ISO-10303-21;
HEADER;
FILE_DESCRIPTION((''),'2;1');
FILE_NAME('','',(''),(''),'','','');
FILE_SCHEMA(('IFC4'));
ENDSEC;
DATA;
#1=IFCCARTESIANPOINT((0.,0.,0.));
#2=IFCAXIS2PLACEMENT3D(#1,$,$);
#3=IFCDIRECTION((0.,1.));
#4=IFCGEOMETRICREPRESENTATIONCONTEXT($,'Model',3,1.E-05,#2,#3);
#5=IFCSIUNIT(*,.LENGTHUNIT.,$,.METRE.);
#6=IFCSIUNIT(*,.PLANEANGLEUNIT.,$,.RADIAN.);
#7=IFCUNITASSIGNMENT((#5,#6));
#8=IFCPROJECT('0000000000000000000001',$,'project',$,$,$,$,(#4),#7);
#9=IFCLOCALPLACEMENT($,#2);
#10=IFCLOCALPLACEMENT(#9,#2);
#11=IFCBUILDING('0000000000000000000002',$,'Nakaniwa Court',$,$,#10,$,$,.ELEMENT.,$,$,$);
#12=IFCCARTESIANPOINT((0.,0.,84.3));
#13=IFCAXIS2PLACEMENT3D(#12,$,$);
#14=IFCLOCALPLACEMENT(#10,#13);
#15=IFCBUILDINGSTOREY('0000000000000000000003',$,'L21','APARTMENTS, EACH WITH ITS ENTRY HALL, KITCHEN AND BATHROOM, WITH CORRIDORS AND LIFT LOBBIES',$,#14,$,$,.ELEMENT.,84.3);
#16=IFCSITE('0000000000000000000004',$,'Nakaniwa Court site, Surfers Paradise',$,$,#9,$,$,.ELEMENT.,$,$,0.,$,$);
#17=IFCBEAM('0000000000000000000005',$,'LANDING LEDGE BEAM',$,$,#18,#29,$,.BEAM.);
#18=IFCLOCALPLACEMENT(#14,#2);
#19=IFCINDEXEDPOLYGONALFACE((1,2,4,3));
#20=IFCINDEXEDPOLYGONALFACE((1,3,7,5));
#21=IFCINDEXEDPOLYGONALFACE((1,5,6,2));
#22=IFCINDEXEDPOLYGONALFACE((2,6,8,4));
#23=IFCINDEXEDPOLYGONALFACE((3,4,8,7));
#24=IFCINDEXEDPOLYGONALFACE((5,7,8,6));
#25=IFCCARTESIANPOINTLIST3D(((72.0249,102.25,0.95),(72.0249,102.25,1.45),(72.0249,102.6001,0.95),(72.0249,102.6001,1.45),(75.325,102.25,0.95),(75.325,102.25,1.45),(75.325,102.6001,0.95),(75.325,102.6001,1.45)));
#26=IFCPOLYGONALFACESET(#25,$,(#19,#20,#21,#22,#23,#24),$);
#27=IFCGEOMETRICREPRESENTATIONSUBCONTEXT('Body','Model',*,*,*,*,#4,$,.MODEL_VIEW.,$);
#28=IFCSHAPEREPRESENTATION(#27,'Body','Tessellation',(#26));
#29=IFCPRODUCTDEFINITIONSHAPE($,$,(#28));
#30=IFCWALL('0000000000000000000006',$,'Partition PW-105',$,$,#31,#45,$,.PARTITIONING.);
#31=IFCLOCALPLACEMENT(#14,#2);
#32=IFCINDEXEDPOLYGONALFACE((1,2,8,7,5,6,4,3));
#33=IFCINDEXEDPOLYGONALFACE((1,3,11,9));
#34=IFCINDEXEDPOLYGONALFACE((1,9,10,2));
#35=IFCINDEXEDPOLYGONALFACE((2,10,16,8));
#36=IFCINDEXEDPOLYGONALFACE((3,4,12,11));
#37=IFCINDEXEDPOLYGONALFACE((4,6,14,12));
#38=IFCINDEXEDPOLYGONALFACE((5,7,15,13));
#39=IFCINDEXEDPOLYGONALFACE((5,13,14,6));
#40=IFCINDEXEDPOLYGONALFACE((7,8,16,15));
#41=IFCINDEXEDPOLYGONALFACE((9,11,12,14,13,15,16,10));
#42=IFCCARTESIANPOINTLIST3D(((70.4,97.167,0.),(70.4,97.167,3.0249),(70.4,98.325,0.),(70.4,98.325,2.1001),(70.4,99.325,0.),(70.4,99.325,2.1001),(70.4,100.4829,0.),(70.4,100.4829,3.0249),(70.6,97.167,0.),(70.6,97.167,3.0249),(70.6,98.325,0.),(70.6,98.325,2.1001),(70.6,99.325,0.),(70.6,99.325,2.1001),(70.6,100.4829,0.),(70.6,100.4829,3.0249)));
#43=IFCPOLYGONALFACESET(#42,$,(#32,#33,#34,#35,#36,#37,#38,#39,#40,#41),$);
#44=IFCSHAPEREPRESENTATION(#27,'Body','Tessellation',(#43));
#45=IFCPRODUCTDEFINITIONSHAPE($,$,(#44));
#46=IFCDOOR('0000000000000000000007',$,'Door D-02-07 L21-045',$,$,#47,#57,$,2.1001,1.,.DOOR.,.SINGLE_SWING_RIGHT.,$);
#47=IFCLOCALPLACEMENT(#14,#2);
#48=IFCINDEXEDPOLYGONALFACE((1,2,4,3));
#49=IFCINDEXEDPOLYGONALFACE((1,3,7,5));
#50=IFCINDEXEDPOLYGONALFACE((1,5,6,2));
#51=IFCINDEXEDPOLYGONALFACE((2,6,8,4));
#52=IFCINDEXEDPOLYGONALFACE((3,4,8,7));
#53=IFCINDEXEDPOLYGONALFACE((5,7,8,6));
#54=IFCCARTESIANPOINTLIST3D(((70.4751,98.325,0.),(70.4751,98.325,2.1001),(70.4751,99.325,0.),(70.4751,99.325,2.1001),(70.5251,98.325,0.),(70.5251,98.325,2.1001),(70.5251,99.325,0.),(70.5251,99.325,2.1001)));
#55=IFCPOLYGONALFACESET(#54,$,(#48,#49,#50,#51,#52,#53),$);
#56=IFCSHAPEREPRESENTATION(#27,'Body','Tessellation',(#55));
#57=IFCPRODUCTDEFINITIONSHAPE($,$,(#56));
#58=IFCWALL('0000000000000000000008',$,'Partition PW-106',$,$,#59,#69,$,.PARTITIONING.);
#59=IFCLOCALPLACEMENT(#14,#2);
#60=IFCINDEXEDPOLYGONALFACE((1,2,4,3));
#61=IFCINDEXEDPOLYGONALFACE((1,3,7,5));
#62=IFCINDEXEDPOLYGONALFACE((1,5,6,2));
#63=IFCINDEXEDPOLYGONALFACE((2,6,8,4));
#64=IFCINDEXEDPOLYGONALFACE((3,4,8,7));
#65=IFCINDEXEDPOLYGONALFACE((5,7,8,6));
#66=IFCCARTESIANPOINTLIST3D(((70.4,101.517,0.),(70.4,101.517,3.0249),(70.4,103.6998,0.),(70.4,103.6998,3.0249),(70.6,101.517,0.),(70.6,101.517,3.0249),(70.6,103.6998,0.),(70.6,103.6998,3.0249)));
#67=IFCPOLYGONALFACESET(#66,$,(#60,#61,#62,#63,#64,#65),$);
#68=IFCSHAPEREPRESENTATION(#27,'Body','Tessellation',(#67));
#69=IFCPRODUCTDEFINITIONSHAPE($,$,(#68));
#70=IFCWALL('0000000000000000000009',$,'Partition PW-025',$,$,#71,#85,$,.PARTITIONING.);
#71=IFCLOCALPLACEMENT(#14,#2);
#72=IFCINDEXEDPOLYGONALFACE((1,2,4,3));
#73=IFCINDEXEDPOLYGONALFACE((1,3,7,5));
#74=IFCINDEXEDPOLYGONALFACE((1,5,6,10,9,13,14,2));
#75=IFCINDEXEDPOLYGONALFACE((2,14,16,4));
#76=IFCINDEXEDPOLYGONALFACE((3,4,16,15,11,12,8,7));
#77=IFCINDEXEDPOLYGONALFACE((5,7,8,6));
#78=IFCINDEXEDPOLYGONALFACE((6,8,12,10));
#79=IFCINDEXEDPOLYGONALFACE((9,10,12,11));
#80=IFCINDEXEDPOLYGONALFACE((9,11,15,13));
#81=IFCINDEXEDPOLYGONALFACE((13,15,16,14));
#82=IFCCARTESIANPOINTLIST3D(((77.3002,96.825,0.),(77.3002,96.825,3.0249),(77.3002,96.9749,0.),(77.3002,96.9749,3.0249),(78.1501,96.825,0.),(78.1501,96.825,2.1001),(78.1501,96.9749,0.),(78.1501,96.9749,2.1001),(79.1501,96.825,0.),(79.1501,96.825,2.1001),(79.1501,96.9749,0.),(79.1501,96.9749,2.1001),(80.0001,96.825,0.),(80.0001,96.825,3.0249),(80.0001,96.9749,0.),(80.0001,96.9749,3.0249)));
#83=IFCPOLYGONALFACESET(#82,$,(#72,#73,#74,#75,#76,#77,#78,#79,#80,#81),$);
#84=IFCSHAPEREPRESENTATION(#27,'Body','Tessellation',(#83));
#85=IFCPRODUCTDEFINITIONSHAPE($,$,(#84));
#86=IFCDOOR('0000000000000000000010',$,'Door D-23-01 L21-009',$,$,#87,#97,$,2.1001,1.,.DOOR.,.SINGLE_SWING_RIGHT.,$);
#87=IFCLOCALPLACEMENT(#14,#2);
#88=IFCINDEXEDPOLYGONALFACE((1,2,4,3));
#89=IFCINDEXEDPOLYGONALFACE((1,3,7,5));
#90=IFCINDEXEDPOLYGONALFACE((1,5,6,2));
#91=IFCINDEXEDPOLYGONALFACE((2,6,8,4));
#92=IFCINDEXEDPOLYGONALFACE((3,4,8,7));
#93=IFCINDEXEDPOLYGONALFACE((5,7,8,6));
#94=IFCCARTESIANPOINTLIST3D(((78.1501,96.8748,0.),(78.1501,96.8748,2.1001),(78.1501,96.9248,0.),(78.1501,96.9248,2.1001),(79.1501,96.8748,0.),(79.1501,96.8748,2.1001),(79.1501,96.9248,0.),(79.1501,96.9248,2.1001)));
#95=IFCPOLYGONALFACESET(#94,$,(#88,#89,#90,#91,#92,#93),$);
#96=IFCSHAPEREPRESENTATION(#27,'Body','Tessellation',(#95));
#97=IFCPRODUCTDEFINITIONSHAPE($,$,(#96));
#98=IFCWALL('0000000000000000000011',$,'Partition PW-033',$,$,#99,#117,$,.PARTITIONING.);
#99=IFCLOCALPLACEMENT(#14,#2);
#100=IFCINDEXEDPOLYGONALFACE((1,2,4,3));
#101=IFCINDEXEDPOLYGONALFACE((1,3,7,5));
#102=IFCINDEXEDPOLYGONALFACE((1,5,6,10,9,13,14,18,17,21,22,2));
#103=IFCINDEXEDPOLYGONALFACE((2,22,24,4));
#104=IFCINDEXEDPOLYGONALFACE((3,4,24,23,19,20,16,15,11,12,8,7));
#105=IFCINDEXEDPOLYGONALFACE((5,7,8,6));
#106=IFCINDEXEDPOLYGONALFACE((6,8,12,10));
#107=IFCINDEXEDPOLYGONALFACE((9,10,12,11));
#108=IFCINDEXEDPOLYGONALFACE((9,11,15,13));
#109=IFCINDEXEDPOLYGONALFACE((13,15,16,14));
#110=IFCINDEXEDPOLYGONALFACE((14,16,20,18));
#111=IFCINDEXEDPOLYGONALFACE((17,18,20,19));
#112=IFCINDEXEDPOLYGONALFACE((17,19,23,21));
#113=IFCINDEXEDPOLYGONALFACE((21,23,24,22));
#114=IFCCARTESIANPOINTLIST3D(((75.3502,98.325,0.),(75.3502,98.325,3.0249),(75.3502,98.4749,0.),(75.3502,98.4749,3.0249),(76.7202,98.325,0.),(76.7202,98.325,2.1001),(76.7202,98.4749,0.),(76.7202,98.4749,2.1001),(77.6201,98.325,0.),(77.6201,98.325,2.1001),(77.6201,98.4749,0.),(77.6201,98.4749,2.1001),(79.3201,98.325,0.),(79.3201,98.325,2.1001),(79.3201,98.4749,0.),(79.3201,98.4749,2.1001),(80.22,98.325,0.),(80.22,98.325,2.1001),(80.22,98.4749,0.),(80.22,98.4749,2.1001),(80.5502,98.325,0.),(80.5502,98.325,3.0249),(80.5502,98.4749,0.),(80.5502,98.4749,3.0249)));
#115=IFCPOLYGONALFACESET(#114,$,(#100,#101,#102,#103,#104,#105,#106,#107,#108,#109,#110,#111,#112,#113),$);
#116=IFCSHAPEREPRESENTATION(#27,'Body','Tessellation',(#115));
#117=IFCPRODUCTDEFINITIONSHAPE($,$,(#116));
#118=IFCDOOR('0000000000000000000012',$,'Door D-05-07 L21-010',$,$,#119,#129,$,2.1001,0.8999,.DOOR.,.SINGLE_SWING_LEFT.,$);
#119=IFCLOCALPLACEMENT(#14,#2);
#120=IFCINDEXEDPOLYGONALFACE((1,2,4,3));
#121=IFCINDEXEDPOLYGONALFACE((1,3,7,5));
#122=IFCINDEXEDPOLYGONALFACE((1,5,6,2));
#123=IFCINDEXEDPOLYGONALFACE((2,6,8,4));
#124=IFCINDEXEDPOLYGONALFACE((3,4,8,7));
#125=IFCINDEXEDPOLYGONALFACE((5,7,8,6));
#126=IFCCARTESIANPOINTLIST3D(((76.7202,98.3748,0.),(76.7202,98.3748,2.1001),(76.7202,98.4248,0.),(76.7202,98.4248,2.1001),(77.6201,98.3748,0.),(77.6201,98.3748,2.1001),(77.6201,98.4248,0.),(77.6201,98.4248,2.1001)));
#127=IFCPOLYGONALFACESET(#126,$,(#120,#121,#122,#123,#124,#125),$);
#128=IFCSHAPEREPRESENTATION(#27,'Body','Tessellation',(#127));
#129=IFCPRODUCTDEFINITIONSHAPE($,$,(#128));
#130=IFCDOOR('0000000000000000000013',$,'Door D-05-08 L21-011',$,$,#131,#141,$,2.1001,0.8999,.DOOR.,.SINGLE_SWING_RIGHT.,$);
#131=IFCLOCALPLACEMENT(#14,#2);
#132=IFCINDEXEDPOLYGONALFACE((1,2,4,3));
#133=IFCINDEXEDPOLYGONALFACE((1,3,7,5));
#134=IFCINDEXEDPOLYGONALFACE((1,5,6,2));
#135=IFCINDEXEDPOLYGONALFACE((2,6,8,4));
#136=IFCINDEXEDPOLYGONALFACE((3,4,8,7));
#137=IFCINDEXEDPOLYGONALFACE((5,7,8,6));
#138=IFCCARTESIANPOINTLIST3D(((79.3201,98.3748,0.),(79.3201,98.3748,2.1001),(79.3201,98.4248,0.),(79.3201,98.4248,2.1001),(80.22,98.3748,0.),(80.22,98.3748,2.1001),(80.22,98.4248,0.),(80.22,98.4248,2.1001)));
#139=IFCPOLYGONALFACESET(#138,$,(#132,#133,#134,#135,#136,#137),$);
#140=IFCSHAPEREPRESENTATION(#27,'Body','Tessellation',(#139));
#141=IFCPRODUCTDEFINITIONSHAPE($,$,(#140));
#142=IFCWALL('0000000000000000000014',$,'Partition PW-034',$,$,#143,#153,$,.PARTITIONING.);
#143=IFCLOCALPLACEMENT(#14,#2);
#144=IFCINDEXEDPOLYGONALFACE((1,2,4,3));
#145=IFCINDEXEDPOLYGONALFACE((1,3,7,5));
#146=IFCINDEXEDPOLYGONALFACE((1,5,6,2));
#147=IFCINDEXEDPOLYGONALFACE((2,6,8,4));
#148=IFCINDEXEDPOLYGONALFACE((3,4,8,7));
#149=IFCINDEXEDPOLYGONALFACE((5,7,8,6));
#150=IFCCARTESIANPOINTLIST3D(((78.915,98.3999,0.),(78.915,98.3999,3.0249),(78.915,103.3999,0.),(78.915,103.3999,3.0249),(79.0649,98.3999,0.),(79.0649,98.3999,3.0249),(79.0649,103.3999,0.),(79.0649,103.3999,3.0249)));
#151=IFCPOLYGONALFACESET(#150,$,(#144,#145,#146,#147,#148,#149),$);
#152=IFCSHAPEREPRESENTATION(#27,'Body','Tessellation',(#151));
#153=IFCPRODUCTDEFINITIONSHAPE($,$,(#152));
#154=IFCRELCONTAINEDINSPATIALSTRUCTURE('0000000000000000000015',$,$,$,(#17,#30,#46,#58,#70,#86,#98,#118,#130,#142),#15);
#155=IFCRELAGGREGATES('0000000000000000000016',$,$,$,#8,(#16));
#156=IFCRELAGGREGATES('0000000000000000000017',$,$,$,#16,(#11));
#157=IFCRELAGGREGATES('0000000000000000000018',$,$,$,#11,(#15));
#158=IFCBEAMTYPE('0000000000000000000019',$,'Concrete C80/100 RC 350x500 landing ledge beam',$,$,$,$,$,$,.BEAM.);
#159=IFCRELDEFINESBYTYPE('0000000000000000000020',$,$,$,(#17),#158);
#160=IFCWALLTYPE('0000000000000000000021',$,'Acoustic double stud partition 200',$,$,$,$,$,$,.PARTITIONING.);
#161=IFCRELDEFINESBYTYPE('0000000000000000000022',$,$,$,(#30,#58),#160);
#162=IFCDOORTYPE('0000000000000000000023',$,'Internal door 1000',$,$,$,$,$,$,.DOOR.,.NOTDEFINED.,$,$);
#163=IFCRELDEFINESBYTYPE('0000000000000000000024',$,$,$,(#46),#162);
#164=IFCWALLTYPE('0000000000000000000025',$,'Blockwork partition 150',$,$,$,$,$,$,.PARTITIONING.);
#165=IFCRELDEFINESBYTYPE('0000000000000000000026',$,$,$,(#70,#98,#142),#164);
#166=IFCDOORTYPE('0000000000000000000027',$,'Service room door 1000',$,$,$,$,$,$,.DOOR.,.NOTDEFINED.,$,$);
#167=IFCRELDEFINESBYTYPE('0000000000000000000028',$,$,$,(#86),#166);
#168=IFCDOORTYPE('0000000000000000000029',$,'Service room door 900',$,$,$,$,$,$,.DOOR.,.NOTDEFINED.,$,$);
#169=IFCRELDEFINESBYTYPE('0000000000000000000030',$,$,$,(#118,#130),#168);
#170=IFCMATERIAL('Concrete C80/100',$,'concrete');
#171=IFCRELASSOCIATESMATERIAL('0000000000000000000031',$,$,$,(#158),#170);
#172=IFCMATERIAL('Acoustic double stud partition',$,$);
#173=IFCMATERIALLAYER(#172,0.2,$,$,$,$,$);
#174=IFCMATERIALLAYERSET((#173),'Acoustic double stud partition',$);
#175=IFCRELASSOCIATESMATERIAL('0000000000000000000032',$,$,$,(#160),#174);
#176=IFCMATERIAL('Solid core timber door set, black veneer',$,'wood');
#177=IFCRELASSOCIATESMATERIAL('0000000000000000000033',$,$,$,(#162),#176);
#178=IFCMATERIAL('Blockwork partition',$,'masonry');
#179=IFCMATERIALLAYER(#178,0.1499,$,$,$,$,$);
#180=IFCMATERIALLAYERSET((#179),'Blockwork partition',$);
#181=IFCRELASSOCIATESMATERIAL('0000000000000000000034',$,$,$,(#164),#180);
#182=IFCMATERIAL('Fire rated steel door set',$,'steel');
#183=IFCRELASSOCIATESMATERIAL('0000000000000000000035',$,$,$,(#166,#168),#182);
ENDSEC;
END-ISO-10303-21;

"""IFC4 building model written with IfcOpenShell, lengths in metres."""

from ifc_helpers import new_model, si_unit, direction, frame, frame_2d, origin, origin_2d, place, context, subcontext, project, spatial, rectangle, extrude, material, layer, layer_set, material_profile, profile_set, type_object, element, fill, save


model = new_model("IFC4")

# Units and contexts
model_context = context("Model", 3, precision=1e-05, world=origin(), true_north=direction((0.0, 1.0)))
body_context = subcontext(model_context, "Body", "Model", "MODEL_VIEW")
ifc_project = project(units=[si_unit("LENGTHUNIT", "METRE"), si_unit("PLANEANGLEUNIT", "RADIAN")], contexts=[model_context])

# Site, building, storey
site_placement = place(None, origin())
site = spatial("IfcSite", under=ifc_project, at=site_placement, Name="Nakaniwa Court site, Surfers Paradise", CompositionType="ELEMENT", RefElevation=0.0)
building_placement = place(site_placement, origin())
building = spatial("IfcBuilding", under=site, at=building_placement, Name="Nakaniwa Court", CompositionType="ELEMENT")
storey_placement = place(building_placement, frame((0.0, 0.0, 84.3)))
storey = spatial("IfcBuildingStorey", under=building, at=storey_placement, Name="L21", Description="APARTMENTS, EACH WITH ITS ENTRY HALL, KITCHEN AND BATHROOM, WITH CORRIDORS AND LIFT LOBBIES", CompositionType="ELEMENT", Elevation=84.3)

# Beam
ifc_material_1 = material(Name="Concrete C80/100", Category="concrete")
ifc_material_profile = material_profile(ifc_material_1, rectangle(XDim=0.3501, YDim=0.5, at=origin_2d()), Name="Concrete C80/100 RC 350x500 landing ledge beam")
ifc_profile_set = profile_set([ifc_material_profile], Name="Concrete C80/100")
beam_type = type_object("IfcBeamType", Name="Concrete C80/100 RC 350x500 landing ledge beam", PredefinedType="BEAM", material=ifc_profile_set)
beam_placement = place(storey_placement, frame((72.0249, 102.425, 1.2), z_axis=(1.0, 0.0, 0.0), x_axis=(0.0, 1.0, 0.0)))
element("IfcBeam", 1, at=beam_placement, inside=storey, type_object=beam_type, Name="LANDING LEDGE BEAM", PredefinedType="BEAM", context=body_context, shape_type="SweptSolid", body=[
    extrude(rectangle(XDim=0.3501, YDim=0.5, at=origin_2d()), origin(), (0.0, 0.0, 1.0), 3.3),
])

# Wall, opening, door
ifc_material_2 = material(Name="Acoustic double stud partition")
ifc_layer_1 = layer(ifc_material_2, 0.2)
ifc_layer_set_1 = layer_set([ifc_layer_1], Name="Acoustic double stud partition")
wall_type_1 = type_object("IfcWallType", Name="Acoustic double stud partition 200", PredefinedType="PARTITIONING", material=ifc_layer_set_1)
wall_1_placement = place(storey_placement, frame((70.5, 97.167, 0.0), z_axis=(0.0, 0.0, 1.0), x_axis=(0.0, 1.0, 0.0)))
wall_1 = element("IfcWall", 2, at=wall_1_placement, inside=storey, type_object=wall_type_1, Name="Partition PW-105", PredefinedType="PARTITIONING", context=body_context, shape_type="SweptSolid", body=[
    extrude(rectangle(XDim=3.3159, YDim=0.2, at=frame_2d((1.658, 0.0))), origin(), (0.0, 0.0, 1.0), 3.0249),
])
opening_1_placement = place(wall_1_placement, frame((1.158, 0.0, 0.0)))
opening_1 = element("IfcOpeningElement", 3, at=opening_1_placement, cuts=wall_1, PredefinedType="OPENING", context=body_context, shape_type="SweptSolid", body=[
    extrude(rectangle(XDim=1.0, YDim=2.1001, at=frame_2d((0.5, 1.05))), frame((0.0, 0.1099, 0.0), z_axis=(0.0, -1.0, 0.0), x_axis=(1.0, 0.0, 0.0)), (0.0, 0.0, 1.0), 0.22),
])
ifc_material_3 = material(Name="Solid core timber door set, black veneer", Category="wood")
door_type_1 = type_object("IfcDoorType", Name="Internal door 1000", OperationType="NOTDEFINED", PredefinedType="DOOR", material=ifc_material_3)
door_1_placement = place(opening_1_placement, origin())
door_1 = element("IfcDoor", 4, at=door_1_placement, inside=storey, type_object=door_type_1, Name="Door D-02-07 L21-045", OperationType="SINGLE_SWING_RIGHT", OverallHeight=2.1001, OverallWidth=1.0, PredefinedType="DOOR", context=body_context, shape_type="SweptSolid", body=[
    extrude(rectangle(XDim=1.0, YDim=2.1001, at=frame_2d((0.5, 1.05))), frame((0.0, 0.0249, 0.0), z_axis=(0.0, -1.0, 0.0), x_axis=(1.0, 0.0, 0.0)), (0.0, 0.0, 1.0), 0.05),
])
fill(opening_1, door_1)

# Wall
wall_2_placement = place(storey_placement, frame((70.5, 101.5171, 0.0), z_axis=(0.0, 0.0, 1.0), x_axis=(0.0, 1.0, 0.0)))
element("IfcWall", 5, at=wall_2_placement, inside=storey, type_object=wall_type_1, Name="Partition PW-106", PredefinedType="PARTITIONING", context=body_context, shape_type="SweptSolid", body=[
    extrude(rectangle(XDim=2.1829, YDim=0.2, at=frame_2d((1.0913, 0.0))), origin(), (0.0, 0.0, 1.0), 3.0249),
])

# Wall, opening, door
ifc_material_4 = material(Name="Blockwork partition", Category="masonry")
ifc_layer_2 = layer(ifc_material_4, 0.1499)
ifc_layer_set_2 = layer_set([ifc_layer_2], Name="Blockwork partition")
wall_type_2 = type_object("IfcWallType", Name="Blockwork partition 150", PredefinedType="PARTITIONING", material=ifc_layer_set_2)
wall_3_placement = place(storey_placement, frame((77.3, 96.8999, 0.0), z_axis=(0.0, 0.0, 1.0), x_axis=(1.0, 0.0, 0.0)))
wall_3 = element("IfcWall", 6, at=wall_3_placement, inside=storey, type_object=wall_type_2, Name="Partition PW-025", PredefinedType="PARTITIONING", context=body_context, shape_type="SweptSolid", body=[
    extrude(rectangle(XDim=2.7, YDim=0.1499, at=frame_2d((1.3501, 0.0))), origin(), (0.0, 0.0, 1.0), 3.0249),
])
opening_2_placement = place(wall_3_placement, frame((0.8501, 0.0, 0.0)))
opening_2 = element("IfcOpeningElement", 7, at=opening_2_placement, cuts=wall_3, PredefinedType="OPENING", context=body_context, shape_type="SweptSolid", body=[
    extrude(rectangle(XDim=1.0, YDim=2.1001, at=frame_2d((0.5, 1.05))), frame((0.0, 0.085, 0.0), z_axis=(0.0, -1.0, 0.0), x_axis=(1.0, 0.0, 0.0)), (0.0, 0.0, 1.0), 0.1699),
])
ifc_material_5 = material(Name="Fire rated steel door set", Category="steel")
door_type_2 = type_object("IfcDoorType", Name="Service room door 1000", OperationType="NOTDEFINED", PredefinedType="DOOR", material=ifc_material_5)
door_2_placement = place(opening_2_placement, origin())
door_2 = element("IfcDoor", 8, at=door_2_placement, inside=storey, type_object=door_type_2, Name="Door D-23-01 L21-009", OperationType="SINGLE_SWING_RIGHT", OverallHeight=2.1001, OverallWidth=1.0, PredefinedType="DOOR", context=body_context, shape_type="SweptSolid", body=[
    extrude(rectangle(XDim=1.0, YDim=2.1001, at=frame_2d((0.5, 1.05))), frame((0.0, 0.0249, 0.0), z_axis=(0.0, -1.0, 0.0), x_axis=(1.0, 0.0, 0.0)), (0.0, 0.0, 1.0), 0.05),
])
fill(opening_2, door_2)

# Wall, openings, doors
wall_4_placement = place(storey_placement, frame((75.3501, 98.3999, 0.0), z_axis=(0.0, 0.0, 1.0), x_axis=(1.0, 0.0, 0.0)))
wall_4 = element("IfcWall", 9, at=wall_4_placement, inside=storey, type_object=wall_type_2, Name="Partition PW-033", PredefinedType="PARTITIONING", context=body_context, shape_type="SweptSolid", body=[
    extrude(rectangle(XDim=5.2, YDim=0.1499, at=frame_2d((2.6001, 0.0))), origin(), (0.0, 0.0, 1.0), 3.0249),
])
opening_3_placement = place(wall_4_placement, frame((1.3701, 0.0, 0.0)))
opening_3 = element("IfcOpeningElement", 10, at=opening_3_placement, cuts=wall_4, PredefinedType="OPENING", context=body_context, shape_type="SweptSolid", body=[
    extrude(rectangle(XDim=0.8999, YDim=2.1001, at=frame_2d((0.45, 1.05))), frame((0.0, 0.085, 0.0), z_axis=(0.0, -1.0, 0.0), x_axis=(1.0, 0.0, 0.0)), (0.0, 0.0, 1.0), 0.1699),
])
opening_4_placement = place(wall_4_placement, frame((3.97, 0.0, 0.0)))
opening_4 = element("IfcOpeningElement", 11, at=opening_4_placement, cuts=wall_4, PredefinedType="OPENING", context=body_context, shape_type="SweptSolid", body=[
    extrude(rectangle(XDim=0.8999, YDim=2.1001, at=frame_2d((0.45, 1.05))), frame((0.0, 0.085, 0.0), z_axis=(0.0, -1.0, 0.0), x_axis=(1.0, 0.0, 0.0)), (0.0, 0.0, 1.0), 0.1699),
])
door_type_3 = type_object("IfcDoorType", Name="Service room door 900", OperationType="NOTDEFINED", PredefinedType="DOOR", material=ifc_material_5)
door_3_placement = place(opening_3_placement, origin())
door_3 = element("IfcDoor", 12, at=door_3_placement, inside=storey, type_object=door_type_3, Name="Door D-05-07 L21-010", OperationType="SINGLE_SWING_LEFT", OverallHeight=2.1001, OverallWidth=0.8999, PredefinedType="DOOR", context=body_context, shape_type="SweptSolid", body=[
    extrude(rectangle(XDim=0.8999, YDim=2.1001, at=frame_2d((0.45, 1.05))), frame((0.0, 0.0249, 0.0), z_axis=(0.0, -1.0, 0.0), x_axis=(1.0, 0.0, 0.0)), (0.0, 0.0, 1.0), 0.05),
])
fill(opening_3, door_3)
door_4_placement = place(opening_4_placement, origin())
door_4 = element("IfcDoor", 13, at=door_4_placement, inside=storey, type_object=door_type_3, Name="Door D-05-08 L21-011", OperationType="SINGLE_SWING_RIGHT", OverallHeight=2.1001, OverallWidth=0.8999, PredefinedType="DOOR", context=body_context, shape_type="SweptSolid", body=[
    extrude(rectangle(XDim=0.8999, YDim=2.1001, at=frame_2d((0.45, 1.05))), frame((0.0, 0.0249, 0.0), z_axis=(0.0, -1.0, 0.0), x_axis=(1.0, 0.0, 0.0)), (0.0, 0.0, 1.0), 0.05),
])
fill(opening_4, door_4)

# Wall
wall_5_placement = place(storey_placement, frame((78.99, 98.3999, 0.0), z_axis=(0.0, 0.0, 1.0), x_axis=(0.0, 1.0, 0.0)))
element("IfcWall", 14, at=wall_5_placement, inside=storey, type_object=wall_type_2, Name="Partition PW-034", PredefinedType="PARTITIONING", context=body_context, shape_type="SweptSolid", body=[
    extrude(rectangle(XDim=5.0, YDim=0.1499, at=frame_2d((2.5, 0.0))), origin(), (0.0, 0.0, 1.0), 3.0249),
])

save(model, "model.ifc")
